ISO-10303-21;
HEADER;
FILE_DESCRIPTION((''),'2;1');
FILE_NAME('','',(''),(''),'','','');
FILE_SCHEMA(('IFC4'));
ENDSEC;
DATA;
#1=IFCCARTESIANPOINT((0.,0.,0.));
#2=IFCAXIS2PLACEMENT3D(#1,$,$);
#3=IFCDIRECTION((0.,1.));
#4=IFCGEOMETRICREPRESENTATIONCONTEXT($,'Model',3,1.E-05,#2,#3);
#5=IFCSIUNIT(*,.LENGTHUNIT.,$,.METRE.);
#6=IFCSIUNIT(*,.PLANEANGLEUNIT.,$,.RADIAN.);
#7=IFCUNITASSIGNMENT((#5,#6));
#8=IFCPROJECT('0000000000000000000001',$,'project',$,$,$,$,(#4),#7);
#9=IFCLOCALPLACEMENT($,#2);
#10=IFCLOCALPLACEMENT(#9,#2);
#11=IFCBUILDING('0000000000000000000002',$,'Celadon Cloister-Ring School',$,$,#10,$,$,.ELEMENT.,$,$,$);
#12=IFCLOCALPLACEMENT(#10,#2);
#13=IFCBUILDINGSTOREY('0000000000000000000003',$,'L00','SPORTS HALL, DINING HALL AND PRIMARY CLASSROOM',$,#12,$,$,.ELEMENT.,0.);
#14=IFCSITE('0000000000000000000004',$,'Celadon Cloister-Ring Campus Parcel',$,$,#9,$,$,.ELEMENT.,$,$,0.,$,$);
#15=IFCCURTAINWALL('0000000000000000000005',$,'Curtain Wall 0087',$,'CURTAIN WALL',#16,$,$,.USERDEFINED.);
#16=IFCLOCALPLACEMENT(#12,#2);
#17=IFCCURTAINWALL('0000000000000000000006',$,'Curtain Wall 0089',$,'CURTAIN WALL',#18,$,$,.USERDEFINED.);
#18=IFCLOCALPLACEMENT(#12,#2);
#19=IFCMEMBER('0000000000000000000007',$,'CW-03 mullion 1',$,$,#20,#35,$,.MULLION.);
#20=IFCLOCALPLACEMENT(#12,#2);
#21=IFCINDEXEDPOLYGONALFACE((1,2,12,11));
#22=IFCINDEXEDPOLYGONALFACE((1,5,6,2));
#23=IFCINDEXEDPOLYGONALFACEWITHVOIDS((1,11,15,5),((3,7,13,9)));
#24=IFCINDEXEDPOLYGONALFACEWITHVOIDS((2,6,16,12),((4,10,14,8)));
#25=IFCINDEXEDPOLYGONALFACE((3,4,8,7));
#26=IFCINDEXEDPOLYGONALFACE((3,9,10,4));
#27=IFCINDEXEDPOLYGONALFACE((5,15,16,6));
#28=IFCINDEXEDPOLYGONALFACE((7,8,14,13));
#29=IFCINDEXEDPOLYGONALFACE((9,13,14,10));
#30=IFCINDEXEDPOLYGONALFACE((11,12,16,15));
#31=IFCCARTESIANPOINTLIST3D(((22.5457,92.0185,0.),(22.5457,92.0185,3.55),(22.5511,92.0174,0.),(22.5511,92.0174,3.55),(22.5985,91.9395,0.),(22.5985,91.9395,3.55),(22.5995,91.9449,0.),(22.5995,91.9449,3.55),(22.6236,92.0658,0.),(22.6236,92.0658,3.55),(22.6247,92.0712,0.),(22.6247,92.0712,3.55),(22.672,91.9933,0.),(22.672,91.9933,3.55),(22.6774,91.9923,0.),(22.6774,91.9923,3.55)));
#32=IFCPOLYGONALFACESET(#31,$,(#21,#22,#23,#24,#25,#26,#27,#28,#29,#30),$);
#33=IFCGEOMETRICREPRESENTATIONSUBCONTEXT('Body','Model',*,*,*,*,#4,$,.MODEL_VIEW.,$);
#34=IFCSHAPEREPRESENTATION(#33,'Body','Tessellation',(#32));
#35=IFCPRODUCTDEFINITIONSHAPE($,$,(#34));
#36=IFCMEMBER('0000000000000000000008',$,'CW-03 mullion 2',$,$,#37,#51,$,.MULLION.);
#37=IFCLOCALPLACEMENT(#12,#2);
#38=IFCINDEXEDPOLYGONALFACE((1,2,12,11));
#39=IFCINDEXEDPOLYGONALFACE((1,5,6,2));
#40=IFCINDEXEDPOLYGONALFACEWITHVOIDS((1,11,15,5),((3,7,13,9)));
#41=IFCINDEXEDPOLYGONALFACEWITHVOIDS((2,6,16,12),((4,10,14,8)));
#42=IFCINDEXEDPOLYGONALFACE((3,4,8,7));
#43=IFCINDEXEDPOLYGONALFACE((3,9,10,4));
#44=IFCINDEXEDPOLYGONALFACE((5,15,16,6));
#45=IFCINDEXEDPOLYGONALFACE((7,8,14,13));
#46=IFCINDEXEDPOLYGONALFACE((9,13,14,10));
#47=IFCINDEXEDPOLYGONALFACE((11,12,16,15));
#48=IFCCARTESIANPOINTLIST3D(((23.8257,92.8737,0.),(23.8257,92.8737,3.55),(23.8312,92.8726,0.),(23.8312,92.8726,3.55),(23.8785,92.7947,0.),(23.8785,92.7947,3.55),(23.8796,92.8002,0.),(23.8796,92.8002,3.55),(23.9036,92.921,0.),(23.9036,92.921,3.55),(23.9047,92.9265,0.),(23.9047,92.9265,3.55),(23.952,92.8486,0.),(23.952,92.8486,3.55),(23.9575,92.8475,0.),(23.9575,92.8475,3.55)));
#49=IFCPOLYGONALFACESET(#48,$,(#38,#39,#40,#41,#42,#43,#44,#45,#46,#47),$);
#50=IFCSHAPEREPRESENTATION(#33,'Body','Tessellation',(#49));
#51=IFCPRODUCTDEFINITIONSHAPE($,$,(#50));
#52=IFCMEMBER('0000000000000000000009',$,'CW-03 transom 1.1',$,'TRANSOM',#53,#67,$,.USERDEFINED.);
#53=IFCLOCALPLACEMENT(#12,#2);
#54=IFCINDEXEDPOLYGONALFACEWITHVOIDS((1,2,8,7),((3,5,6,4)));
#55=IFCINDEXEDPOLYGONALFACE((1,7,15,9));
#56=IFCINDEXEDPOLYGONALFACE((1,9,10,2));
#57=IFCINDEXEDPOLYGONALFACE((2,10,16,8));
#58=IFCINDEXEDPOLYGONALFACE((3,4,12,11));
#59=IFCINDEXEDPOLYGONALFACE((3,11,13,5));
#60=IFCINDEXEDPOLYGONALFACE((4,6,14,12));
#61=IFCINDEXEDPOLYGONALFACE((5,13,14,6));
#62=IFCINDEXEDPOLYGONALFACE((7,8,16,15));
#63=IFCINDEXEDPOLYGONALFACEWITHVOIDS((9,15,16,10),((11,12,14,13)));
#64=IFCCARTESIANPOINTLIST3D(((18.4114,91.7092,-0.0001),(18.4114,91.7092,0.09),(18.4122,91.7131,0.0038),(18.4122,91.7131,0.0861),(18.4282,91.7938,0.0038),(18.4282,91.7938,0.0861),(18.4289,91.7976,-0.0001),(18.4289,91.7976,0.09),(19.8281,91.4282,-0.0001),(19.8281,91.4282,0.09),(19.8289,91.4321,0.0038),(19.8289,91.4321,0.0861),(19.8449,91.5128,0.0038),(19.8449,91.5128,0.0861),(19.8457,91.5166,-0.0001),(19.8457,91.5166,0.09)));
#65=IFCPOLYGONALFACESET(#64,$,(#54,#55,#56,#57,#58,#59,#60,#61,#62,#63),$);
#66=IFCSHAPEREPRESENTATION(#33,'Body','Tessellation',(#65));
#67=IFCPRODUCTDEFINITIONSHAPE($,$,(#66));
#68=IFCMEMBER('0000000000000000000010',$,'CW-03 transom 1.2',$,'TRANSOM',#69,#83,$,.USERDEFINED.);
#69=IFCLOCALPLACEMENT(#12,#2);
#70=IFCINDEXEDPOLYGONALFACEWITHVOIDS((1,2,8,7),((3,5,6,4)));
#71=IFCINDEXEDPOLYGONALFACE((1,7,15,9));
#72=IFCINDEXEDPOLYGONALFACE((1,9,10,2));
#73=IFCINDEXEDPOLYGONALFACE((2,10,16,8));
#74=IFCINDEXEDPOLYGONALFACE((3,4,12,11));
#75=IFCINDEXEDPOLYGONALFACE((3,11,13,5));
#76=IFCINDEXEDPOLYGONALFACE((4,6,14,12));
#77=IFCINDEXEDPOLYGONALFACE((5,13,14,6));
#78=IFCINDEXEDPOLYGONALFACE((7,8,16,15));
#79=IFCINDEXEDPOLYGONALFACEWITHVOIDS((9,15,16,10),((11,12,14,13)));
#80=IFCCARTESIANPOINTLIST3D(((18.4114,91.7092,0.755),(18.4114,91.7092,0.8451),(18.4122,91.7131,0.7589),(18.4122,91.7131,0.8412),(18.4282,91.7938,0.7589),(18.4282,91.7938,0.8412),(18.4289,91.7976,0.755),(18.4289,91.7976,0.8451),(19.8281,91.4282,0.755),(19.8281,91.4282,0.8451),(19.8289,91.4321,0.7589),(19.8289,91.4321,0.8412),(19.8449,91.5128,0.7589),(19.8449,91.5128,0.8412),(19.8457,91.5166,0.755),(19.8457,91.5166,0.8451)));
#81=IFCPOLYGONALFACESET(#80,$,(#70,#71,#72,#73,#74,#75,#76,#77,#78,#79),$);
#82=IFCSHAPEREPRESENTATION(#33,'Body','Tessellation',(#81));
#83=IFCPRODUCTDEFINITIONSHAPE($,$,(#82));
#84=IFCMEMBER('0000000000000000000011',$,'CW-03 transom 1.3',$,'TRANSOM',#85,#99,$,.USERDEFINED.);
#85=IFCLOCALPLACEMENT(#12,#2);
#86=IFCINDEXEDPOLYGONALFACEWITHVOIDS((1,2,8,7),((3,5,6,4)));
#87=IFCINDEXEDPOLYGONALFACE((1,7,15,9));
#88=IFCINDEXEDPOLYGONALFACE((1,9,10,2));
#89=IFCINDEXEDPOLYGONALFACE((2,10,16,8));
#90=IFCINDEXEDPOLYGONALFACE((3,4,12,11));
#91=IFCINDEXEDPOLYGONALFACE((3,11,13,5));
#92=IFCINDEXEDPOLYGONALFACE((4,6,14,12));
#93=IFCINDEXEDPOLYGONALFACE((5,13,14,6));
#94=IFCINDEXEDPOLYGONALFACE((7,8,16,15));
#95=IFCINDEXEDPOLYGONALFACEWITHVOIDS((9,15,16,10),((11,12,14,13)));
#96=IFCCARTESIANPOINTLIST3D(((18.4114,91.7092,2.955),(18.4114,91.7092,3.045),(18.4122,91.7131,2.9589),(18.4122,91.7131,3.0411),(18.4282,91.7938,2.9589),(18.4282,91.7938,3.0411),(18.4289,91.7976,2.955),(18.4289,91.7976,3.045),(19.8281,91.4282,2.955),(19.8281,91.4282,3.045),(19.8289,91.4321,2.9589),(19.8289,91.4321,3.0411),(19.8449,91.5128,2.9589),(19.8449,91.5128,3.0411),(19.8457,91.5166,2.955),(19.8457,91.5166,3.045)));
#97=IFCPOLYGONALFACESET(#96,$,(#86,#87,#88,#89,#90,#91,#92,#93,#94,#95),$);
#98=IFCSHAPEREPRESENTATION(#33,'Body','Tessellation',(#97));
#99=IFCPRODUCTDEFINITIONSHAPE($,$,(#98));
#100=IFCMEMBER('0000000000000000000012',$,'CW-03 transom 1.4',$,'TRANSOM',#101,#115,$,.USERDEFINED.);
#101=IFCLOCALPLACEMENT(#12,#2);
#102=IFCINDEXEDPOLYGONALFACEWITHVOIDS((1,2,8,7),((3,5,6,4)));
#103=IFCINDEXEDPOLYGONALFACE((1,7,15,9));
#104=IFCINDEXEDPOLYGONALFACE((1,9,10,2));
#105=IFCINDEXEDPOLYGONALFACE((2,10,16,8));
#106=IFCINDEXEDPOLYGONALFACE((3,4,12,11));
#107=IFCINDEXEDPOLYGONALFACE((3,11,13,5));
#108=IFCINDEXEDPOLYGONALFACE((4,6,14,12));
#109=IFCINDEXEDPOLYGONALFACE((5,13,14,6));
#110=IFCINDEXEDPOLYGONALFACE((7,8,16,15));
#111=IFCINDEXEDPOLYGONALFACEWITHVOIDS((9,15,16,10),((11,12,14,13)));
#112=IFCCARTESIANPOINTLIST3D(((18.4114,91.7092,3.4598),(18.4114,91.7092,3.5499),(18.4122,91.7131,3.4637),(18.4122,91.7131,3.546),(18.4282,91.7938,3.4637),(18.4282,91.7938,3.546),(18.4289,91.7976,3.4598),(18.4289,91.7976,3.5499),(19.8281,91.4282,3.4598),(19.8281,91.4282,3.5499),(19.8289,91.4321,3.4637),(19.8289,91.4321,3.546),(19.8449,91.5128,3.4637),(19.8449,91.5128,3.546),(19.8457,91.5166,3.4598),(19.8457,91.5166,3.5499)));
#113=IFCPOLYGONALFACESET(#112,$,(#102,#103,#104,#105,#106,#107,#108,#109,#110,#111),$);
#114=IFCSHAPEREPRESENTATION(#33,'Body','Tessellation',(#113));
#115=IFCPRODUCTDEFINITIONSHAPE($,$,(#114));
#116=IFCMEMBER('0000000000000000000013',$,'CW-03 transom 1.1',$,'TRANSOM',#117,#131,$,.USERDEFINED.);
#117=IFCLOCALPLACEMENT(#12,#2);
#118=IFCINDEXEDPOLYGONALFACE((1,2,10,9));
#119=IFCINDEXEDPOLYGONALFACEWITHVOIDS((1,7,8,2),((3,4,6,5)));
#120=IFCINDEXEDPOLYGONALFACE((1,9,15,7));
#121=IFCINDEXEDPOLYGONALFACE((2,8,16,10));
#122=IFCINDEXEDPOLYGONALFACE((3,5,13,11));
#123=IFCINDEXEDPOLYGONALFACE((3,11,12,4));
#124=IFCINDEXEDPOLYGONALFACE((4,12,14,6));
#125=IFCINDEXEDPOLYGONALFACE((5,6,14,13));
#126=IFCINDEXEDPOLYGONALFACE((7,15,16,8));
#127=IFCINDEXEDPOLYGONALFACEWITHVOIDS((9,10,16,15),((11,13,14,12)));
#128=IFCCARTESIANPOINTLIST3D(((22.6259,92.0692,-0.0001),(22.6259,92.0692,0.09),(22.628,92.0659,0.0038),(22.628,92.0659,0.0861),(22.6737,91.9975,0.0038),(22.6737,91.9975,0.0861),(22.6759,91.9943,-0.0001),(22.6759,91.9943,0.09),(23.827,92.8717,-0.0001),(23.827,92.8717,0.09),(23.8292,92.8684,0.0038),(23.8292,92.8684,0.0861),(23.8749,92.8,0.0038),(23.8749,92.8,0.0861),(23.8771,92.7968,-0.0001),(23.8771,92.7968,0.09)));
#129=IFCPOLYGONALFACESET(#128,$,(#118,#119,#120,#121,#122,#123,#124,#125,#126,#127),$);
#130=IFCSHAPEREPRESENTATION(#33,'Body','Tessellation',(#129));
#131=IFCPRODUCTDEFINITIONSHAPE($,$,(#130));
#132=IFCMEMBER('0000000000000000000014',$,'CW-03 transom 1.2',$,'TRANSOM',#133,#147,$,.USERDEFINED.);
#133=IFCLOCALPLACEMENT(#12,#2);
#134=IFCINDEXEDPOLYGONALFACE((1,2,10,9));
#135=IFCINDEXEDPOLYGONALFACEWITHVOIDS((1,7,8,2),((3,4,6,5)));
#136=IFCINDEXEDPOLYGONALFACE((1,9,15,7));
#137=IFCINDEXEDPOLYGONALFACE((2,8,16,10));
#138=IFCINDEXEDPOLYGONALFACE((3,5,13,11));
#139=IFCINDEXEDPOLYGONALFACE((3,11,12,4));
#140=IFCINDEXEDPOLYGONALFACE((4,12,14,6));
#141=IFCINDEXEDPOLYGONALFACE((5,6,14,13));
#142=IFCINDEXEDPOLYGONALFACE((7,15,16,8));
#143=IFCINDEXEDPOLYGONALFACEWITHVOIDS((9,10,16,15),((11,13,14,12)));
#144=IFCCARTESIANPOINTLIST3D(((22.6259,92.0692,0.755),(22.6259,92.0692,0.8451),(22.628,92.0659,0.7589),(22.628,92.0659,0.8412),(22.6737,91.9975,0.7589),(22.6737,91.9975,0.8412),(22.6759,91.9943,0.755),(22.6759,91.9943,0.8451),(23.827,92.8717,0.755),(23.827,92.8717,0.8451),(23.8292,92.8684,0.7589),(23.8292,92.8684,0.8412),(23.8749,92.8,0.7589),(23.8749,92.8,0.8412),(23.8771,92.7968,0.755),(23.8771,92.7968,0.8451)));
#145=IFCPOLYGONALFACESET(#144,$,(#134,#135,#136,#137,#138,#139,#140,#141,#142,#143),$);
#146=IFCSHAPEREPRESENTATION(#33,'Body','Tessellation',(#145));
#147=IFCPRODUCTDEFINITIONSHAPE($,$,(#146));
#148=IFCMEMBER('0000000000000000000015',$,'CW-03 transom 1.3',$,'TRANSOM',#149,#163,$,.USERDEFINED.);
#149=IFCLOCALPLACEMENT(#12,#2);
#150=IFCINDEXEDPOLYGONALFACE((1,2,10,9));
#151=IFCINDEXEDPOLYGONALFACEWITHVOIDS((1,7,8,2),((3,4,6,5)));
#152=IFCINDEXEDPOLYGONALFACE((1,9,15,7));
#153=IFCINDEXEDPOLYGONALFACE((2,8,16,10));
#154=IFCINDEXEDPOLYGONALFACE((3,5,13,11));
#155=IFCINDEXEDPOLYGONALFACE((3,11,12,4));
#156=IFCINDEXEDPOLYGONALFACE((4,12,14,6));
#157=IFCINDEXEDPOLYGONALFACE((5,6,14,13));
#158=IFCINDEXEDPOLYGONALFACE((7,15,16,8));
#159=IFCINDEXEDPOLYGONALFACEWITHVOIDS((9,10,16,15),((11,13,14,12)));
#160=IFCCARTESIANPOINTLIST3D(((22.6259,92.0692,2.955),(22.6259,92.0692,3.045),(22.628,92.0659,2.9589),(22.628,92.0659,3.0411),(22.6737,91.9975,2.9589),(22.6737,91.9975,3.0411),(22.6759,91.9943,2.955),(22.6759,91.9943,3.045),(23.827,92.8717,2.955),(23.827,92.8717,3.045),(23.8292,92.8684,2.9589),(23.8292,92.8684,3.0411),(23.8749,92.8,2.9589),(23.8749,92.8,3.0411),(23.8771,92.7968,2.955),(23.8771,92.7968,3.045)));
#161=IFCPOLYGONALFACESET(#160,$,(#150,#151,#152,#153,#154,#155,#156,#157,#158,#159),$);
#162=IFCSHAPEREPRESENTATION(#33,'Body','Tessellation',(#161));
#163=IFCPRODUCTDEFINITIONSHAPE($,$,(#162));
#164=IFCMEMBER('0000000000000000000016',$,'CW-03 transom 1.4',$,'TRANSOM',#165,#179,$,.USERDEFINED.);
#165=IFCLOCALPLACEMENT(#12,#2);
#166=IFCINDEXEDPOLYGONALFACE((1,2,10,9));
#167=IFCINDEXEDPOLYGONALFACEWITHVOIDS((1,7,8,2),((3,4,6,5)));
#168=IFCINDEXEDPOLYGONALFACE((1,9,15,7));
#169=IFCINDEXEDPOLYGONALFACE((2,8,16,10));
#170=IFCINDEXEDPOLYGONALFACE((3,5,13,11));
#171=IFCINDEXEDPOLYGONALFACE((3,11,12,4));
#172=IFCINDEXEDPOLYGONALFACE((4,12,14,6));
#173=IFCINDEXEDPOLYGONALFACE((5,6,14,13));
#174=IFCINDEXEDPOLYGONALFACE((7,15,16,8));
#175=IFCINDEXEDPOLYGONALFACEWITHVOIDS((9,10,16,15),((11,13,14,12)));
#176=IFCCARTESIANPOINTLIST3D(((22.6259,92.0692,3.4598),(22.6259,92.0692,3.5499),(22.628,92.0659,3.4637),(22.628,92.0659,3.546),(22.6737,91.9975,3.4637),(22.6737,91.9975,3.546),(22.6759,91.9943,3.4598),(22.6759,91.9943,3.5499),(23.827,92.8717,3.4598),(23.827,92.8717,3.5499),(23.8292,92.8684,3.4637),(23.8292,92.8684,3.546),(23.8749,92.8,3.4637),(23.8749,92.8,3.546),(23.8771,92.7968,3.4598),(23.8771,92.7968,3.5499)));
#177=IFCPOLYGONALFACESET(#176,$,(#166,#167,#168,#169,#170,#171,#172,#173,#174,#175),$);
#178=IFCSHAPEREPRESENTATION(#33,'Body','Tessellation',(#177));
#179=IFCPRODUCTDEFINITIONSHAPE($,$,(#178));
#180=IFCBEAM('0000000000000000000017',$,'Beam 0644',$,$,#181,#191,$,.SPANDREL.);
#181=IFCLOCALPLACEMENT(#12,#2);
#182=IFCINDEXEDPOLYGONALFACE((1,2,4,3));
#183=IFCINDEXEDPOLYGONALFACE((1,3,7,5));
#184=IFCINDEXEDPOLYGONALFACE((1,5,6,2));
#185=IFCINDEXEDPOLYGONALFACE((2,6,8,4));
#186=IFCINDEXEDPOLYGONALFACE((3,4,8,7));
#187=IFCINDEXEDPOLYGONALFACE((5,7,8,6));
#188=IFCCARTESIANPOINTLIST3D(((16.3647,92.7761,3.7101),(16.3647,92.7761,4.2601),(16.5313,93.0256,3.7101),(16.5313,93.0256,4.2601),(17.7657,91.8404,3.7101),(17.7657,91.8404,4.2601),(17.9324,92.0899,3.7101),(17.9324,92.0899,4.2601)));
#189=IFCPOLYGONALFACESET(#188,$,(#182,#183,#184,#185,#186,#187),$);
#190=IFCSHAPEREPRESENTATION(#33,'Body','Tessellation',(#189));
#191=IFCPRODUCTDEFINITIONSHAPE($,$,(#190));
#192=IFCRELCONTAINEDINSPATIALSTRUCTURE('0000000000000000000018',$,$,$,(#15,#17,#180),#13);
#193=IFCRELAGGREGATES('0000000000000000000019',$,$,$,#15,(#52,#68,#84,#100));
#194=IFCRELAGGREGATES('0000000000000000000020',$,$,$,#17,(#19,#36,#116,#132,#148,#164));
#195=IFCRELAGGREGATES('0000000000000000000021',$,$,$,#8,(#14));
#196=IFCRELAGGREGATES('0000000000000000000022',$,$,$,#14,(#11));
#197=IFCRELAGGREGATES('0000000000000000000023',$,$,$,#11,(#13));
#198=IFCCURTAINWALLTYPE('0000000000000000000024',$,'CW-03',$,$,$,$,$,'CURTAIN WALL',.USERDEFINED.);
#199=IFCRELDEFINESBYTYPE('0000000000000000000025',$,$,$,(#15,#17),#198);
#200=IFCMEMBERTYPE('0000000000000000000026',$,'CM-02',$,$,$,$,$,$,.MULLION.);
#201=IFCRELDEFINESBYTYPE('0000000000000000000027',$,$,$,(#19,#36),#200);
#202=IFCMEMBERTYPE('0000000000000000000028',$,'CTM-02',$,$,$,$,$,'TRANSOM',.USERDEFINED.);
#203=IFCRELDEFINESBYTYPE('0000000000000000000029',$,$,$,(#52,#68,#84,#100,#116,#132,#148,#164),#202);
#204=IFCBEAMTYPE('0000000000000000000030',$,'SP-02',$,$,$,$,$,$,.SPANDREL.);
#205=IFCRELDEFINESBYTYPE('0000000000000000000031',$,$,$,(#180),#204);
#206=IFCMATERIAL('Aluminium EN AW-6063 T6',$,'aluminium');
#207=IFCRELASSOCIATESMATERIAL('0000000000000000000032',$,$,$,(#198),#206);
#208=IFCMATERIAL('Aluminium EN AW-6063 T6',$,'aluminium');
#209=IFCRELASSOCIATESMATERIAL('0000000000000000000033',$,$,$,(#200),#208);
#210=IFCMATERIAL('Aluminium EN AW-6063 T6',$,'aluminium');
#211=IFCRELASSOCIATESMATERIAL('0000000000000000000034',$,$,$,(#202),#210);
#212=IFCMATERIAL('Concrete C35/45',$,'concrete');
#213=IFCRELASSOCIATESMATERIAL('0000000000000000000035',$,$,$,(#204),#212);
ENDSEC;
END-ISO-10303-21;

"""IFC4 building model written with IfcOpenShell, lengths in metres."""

from ifc_helpers import new_model, si_unit, direction, frame, origin, origin_2d, place, context, subcontext, project, spatial, rectangle, hollow_rectangle, extrude, material, material_profile, profile_set, type_object, element, aggregate, save


model = new_model("IFC4")

# Units and contexts
model_context = context("Model", 3, precision=1e-05, world=origin(), true_north=direction((0.0, 1.0)))
body_context = subcontext(model_context, "Body", "Model", "MODEL_VIEW")
ifc_project = project(units=[si_unit("LENGTHUNIT", "METRE"), si_unit("PLANEANGLEUNIT", "RADIAN")], contexts=[model_context])

# Site, building, storey
site_placement = place(None, origin())
site = spatial("IfcSite", under=ifc_project, at=site_placement, Name="Celadon Cloister-Ring Campus Parcel", CompositionType="ELEMENT", RefElevation=0.0)
building_placement = place(site_placement, origin())
building = spatial("IfcBuilding", under=site, at=building_placement, Name="Celadon Cloister-Ring School", CompositionType="ELEMENT")
storey_placement = place(building_placement, origin())
storey = spatial("IfcBuildingStorey", under=building, at=storey_placement, Name="L00", Description="SPORTS HALL, DINING HALL AND PRIMARY CLASSROOM", CompositionType="ELEMENT", Elevation=0.0)

# Curtain wall
ifc_material_1 = material(Name="Aluminium EN AW-6063 T6", Category="aluminium")
curtain_wall_type = type_object("IfcCurtainWallType", Name="CW-03", ElementType="CURTAIN WALL", PredefinedType="USERDEFINED", material=ifc_material_1)
ifc_material_2 = material(Name="Aluminium EN AW-6063 T6", Category="aluminium")
ifc_material_profile_1 = material_profile(ifc_material_2, hollow_rectangle(XDim=0.095, YDim=0.095, WallThickness=0.0039, at=origin_2d()), Name="RHS95X95X4")
ifc_profile_set_1 = profile_set([ifc_material_profile_1], Name="Aluminium EN AW-6063 T6")
member_type_1 = type_object("IfcMemberType", Name="CM-02", PredefinedType="MULLION", material=ifc_profile_set_1)
curtain_wall_1_placement = place(storey_placement, origin())
curtain_wall_1 = element("IfcCurtainWall", 1, at=curtain_wall_1_placement, inside=storey, type_object=curtain_wall_type, Name="Curtain Wall 0087", ObjectType="CURTAIN WALL", PredefinedType="USERDEFINED")

# Curtain wall, members
curtain_wall_2_placement = place(storey_placement, origin())
curtain_wall_2 = element("IfcCurtainWall", 2, at=curtain_wall_2_placement, inside=storey, type_object=curtain_wall_type, Name="Curtain Wall 0089", ObjectType="CURTAIN WALL", PredefinedType="USERDEFINED")
member_1_placement = place(storey_placement, frame((22.6116, 92.0054, 0.0), z_axis=(0.0, 0.0, 1.0), x_axis=(-0.555547, 0.831485, 0.0)))
member_1 = element("IfcMember", 3, at=member_1_placement, type_object=member_type_1, Name="CW-03 mullion 1", PredefinedType="MULLION", context=body_context, shape_type="SweptSolid", body=[
    extrude(hollow_rectangle(XDim=0.095, YDim=0.095, WallThickness=0.0039, at=origin_2d()), origin(), (0.0, 0.0, 1.0), 3.55),
])
member_2_placement = place(storey_placement, frame((23.8916, 92.8606, 0.0), z_axis=(0.0, 0.0, 1.0), x_axis=(-0.555547, 0.831485, 0.0)))
member_2 = element("IfcMember", 4, at=member_2_placement, type_object=member_type_1, Name="CW-03 mullion 2", PredefinedType="MULLION", context=body_context, shape_type="SweptSolid", body=[
    extrude(hollow_rectangle(XDim=0.095, YDim=0.095, WallThickness=0.0039, at=origin_2d()), origin(), (0.0, 0.0, 1.0), 3.55),
])

# Members
ifc_material_3 = material(Name="Aluminium EN AW-6063 T6", Category="aluminium")
ifc_material_profile_2 = material_profile(ifc_material_3, hollow_rectangle(XDim=0.0901, YDim=0.0901, WallThickness=0.0039, at=origin_2d()), Name="RHS90X90X4")
ifc_profile_set_2 = profile_set([ifc_material_profile_2], Name="Aluminium EN AW-6063 T6")
member_type_2 = type_object("IfcMemberType", Name="CTM-02", ElementType="TRANSOM", PredefinedType="USERDEFINED", material=ifc_profile_set_2)
member_3_placement = place(storey_placement, frame((18.4202, 91.7534, 0.0449), z_axis=(0.980891, -0.194556, 0.0), x_axis=(0.194556, 0.980891, 0.0)))
member_3 = element("IfcMember", 5, at=member_3_placement, type_object=member_type_2, Name="CW-03 transom 1.1", ObjectType="TRANSOM", PredefinedType="USERDEFINED", context=body_context, shape_type="SweptSolid", body=[
    extrude(hollow_rectangle(XDim=0.0901, YDim=0.0901, WallThickness=0.0039, at=origin_2d()), origin(), (0.0, 0.0, 1.0), 1.4443),
])
member_4_placement = place(storey_placement, frame((18.4202, 91.7534, 0.8), z_axis=(0.980891, -0.194556, 0.0), x_axis=(0.194556, 0.980891, 0.0)))
member_4 = element("IfcMember", 6, at=member_4_placement, type_object=member_type_2, Name="CW-03 transom 1.2", ObjectType="TRANSOM", PredefinedType="USERDEFINED", context=body_context, shape_type="SweptSolid", body=[
    extrude(hollow_rectangle(XDim=0.0901, YDim=0.0901, WallThickness=0.0039, at=origin_2d()), origin(), (0.0, 0.0, 1.0), 1.4443),
])
member_5_placement = place(storey_placement, frame((18.4202, 91.7534, 3.0), z_axis=(0.980891, -0.194556, 0.0), x_axis=(0.194556, 0.980891, 0.0)))
member_5 = element("IfcMember", 7, at=member_5_placement, type_object=member_type_2, Name="CW-03 transom 1.3", ObjectType="TRANSOM", PredefinedType="USERDEFINED", context=body_context, shape_type="SweptSolid", body=[
    extrude(hollow_rectangle(XDim=0.0901, YDim=0.0901, WallThickness=0.0039, at=origin_2d()), origin(), (0.0, 0.0, 1.0), 1.4443),
])
member_6_placement = place(storey_placement, frame((18.4202, 91.7534, 3.5049), z_axis=(0.980891, -0.194556, 0.0), x_axis=(0.194556, 0.980891, 0.0)))
member_6 = element("IfcMember", 8, at=member_6_placement, type_object=member_type_2, Name="CW-03 transom 1.4", ObjectType="TRANSOM", PredefinedType="USERDEFINED", context=body_context, shape_type="SweptSolid", body=[
    extrude(hollow_rectangle(XDim=0.0901, YDim=0.0901, WallThickness=0.0039, at=origin_2d()), origin(), (0.0, 0.0, 1.0), 1.4443),
])
member_7_placement = place(storey_placement, frame((22.6509, 92.0317, 0.0449), z_axis=(0.831504, 0.555519, 0.0), x_axis=(-0.555519, 0.831504, 0.0)))
member_7 = element("IfcMember", 9, at=member_7_placement, type_object=member_type_2, Name="CW-03 transom 1.1", ObjectType="TRANSOM", PredefinedType="USERDEFINED", context=body_context, shape_type="SweptSolid", body=[
    extrude(hollow_rectangle(XDim=0.0901, YDim=0.0901, WallThickness=0.0039, at=origin_2d()), origin(), (0.0, 0.0, 1.0), 1.4446),
])
member_8_placement = place(storey_placement, frame((22.6509, 92.0317, 0.8), z_axis=(0.831504, 0.555519, 0.0), x_axis=(-0.555519, 0.831504, 0.0)))
member_8 = element("IfcMember", 10, at=member_8_placement, type_object=member_type_2, Name="CW-03 transom 1.2", ObjectType="TRANSOM", PredefinedType="USERDEFINED", context=body_context, shape_type="SweptSolid", body=[
    extrude(hollow_rectangle(XDim=0.0901, YDim=0.0901, WallThickness=0.0039, at=origin_2d()), origin(), (0.0, 0.0, 1.0), 1.4446),
])
member_9_placement = place(storey_placement, frame((22.6509, 92.0317, 3.0), z_axis=(0.831504, 0.555519, 0.0), x_axis=(-0.555519, 0.831504, 0.0)))
member_9 = element("IfcMember", 11, at=member_9_placement, type_object=member_type_2, Name="CW-03 transom 1.3", ObjectType="TRANSOM", PredefinedType="USERDEFINED", context=body_context, shape_type="SweptSolid", body=[
    extrude(hollow_rectangle(XDim=0.0901, YDim=0.0901, WallThickness=0.0039, at=origin_2d()), origin(), (0.0, 0.0, 1.0), 1.4446),
])
member_10_placement = place(storey_placement, frame((22.6509, 92.0317, 3.5049), z_axis=(0.831504, 0.555519, 0.0), x_axis=(-0.555519, 0.831504, 0.0)))
member_10 = element("IfcMember", 12, at=member_10_placement, type_object=member_type_2, Name="CW-03 transom 1.4", ObjectType="TRANSOM", PredefinedType="USERDEFINED", context=body_context, shape_type="SweptSolid", body=[
    extrude(hollow_rectangle(XDim=0.0901, YDim=0.0901, WallThickness=0.0039, at=origin_2d()), origin(), (0.0, 0.0, 1.0), 1.4446),
])

# Beam
ifc_material_4 = material(Name="Concrete C35/45", Category="concrete")
ifc_material_profile_3 = material_profile(ifc_material_4, rectangle(XDim=0.3, YDim=0.55, at=origin_2d()), Name="RC300X550")
ifc_profile_set_3 = profile_set([ifc_material_profile_3], Name="Concrete C35/45")
beam_type = type_object("IfcBeamType", Name="SP-02", PredefinedType="SPANDREL", material=ifc_profile_set_3)
beam_1_placement = place(storey_placement, frame((16.448, 92.9009, 3.9851), z_axis=(0.831582, -0.555402, 0.0), x_axis=(0.555402, 0.831582, 0.0)))
element("IfcBeam", 13, at=beam_1_placement, inside=storey, type_object=beam_type, Name="Beam 0644", PredefinedType="SPANDREL", context=body_context, shape_type="SweptSolid", body=[
    extrude(rectangle(XDim=0.3, YDim=0.55, at=origin_2d()), origin(), (0.0, 0.0, 1.0), 1.6848),
])

aggregate(curtain_wall_1, [member_3, member_4, member_5, member_6])
aggregate(curtain_wall_2, [member_1, member_2, member_7, member_8, member_9, member_10])

save(model, "model.ifc")
